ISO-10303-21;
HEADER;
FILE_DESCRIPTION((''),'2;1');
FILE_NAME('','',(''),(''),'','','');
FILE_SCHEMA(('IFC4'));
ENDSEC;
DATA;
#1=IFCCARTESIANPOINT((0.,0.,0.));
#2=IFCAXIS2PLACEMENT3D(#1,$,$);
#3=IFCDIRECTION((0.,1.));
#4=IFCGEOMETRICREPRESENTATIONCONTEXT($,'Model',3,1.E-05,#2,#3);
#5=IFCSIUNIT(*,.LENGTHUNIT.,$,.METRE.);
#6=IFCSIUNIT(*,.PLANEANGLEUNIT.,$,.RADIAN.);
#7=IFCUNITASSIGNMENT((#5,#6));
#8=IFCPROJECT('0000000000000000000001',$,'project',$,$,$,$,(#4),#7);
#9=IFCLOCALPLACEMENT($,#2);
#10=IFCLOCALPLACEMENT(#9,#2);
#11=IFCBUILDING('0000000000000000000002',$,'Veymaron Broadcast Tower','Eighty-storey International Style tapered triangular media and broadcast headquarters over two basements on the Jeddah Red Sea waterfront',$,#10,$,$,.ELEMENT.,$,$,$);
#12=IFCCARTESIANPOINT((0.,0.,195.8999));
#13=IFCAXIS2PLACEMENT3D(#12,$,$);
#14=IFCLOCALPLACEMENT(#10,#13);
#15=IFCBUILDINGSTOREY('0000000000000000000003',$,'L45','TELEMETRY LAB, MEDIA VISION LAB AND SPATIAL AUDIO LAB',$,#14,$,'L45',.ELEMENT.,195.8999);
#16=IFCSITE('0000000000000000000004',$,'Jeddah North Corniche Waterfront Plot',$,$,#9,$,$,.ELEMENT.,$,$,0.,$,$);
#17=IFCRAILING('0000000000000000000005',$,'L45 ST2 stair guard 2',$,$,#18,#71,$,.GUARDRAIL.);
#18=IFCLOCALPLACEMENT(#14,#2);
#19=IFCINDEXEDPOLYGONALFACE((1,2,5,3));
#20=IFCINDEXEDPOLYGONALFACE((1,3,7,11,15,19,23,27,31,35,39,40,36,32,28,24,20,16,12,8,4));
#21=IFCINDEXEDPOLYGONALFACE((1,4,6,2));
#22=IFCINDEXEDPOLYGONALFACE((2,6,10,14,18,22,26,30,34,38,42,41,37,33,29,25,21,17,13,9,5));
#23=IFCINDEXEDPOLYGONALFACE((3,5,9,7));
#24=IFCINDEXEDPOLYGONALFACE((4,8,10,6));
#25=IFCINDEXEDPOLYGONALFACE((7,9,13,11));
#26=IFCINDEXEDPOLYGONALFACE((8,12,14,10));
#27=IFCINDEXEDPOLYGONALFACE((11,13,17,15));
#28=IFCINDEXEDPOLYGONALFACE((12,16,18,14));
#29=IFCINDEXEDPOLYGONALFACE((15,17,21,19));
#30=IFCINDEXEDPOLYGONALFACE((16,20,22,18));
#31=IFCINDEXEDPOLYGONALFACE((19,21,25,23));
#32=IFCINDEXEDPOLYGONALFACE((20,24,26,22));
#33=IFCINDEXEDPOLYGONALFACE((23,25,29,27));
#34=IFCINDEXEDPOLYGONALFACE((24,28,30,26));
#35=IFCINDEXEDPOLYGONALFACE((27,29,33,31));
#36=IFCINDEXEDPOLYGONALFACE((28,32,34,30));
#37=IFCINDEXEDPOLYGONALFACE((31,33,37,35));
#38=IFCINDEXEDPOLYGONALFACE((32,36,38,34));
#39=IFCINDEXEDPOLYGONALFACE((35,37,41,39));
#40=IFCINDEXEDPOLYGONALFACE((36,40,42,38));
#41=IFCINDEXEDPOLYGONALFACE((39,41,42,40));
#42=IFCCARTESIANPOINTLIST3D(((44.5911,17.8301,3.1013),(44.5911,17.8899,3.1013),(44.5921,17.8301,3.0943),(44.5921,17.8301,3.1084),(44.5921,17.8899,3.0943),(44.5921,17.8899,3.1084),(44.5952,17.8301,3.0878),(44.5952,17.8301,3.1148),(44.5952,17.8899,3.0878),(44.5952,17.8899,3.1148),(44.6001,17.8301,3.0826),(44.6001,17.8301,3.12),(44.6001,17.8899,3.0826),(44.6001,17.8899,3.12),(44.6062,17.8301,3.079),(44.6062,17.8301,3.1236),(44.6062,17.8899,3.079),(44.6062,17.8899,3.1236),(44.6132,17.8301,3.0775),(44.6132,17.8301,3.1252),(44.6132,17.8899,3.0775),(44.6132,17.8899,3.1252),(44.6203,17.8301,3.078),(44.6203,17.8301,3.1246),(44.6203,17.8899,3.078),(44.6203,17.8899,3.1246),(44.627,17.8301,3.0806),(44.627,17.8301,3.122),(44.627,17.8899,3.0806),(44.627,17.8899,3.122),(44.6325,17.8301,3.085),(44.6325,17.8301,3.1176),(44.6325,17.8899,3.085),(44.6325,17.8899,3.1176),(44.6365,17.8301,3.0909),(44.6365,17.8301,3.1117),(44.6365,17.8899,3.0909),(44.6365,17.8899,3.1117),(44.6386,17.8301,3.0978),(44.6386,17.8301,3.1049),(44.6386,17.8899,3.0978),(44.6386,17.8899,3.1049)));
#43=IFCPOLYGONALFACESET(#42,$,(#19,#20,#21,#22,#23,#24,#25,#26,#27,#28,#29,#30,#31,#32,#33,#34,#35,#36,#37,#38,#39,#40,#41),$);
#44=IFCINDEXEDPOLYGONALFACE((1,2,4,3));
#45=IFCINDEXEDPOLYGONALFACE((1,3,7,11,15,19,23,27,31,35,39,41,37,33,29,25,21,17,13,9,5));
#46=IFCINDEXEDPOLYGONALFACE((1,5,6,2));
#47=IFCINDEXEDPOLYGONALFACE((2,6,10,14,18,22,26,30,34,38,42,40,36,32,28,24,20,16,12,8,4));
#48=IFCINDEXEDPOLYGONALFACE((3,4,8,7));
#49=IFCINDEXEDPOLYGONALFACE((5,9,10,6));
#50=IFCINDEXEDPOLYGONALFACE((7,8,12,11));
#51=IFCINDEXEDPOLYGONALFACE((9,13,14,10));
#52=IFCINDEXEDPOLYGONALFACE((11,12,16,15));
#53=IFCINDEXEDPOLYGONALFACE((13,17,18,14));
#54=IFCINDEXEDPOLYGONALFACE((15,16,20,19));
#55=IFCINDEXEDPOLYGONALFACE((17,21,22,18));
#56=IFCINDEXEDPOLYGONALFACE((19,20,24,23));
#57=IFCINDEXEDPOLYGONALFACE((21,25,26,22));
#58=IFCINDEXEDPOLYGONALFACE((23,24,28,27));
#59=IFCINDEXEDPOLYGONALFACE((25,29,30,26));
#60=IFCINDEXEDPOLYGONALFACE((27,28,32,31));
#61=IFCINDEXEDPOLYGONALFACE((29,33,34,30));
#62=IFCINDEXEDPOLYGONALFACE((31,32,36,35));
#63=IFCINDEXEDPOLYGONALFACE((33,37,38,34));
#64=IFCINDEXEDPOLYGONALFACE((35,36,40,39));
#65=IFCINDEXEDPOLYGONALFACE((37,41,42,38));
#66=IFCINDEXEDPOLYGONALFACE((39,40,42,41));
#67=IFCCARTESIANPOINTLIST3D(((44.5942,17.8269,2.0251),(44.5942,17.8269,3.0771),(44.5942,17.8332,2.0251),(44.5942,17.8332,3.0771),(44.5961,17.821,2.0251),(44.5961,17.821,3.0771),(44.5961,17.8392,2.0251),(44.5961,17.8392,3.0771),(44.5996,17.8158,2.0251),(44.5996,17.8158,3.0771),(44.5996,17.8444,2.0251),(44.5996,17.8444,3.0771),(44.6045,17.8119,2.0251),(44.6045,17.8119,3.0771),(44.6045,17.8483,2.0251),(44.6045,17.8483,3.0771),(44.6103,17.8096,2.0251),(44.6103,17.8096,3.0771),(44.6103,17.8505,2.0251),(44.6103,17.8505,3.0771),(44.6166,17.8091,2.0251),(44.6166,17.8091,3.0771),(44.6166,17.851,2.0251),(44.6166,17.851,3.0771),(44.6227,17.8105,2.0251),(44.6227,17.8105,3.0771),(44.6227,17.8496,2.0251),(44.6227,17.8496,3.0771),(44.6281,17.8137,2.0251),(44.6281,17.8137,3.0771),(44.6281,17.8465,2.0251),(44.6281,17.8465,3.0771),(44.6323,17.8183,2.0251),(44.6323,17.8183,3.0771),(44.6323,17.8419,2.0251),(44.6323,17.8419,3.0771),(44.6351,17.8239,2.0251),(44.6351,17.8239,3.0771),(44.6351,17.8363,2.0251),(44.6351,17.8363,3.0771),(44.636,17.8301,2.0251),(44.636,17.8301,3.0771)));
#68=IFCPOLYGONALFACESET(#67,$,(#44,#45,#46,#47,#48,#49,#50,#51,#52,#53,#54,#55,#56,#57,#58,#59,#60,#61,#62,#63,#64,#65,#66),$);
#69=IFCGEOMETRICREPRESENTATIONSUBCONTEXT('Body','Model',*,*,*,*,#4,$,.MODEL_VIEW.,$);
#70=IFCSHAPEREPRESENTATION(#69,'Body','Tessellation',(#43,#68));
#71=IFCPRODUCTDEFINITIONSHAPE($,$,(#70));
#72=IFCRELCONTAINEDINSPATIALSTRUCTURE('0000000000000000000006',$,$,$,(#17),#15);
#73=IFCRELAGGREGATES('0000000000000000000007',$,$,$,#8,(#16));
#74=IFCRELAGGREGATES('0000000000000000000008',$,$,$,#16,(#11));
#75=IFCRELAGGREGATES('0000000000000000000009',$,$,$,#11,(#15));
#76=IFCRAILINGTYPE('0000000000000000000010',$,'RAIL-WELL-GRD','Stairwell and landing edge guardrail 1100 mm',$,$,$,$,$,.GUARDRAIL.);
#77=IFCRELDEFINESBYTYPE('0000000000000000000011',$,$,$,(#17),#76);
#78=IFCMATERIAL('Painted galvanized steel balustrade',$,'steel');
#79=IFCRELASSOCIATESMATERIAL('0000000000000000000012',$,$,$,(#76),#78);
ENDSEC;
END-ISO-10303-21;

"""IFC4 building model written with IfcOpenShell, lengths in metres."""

from ifc_helpers import new_model, si_unit, direction, frame, origin, origin_2d, place, context, subcontext, project, spatial, circle, extrude, material, type_object, element, save


model = new_model("IFC4")

# Units and contexts
model_context = context("Model", 3, precision=1e-05, world=origin(), true_north=direction((0.0, 1.0)))
body_context = subcontext(model_context, "Body", "Model", "MODEL_VIEW")
ifc_project = project(units=[si_unit("LENGTHUNIT", "METRE"), si_unit("PLANEANGLEUNIT", "RADIAN")], contexts=[model_context])

# Site, building, storey
site_placement = place(None, origin())
site = spatial("IfcSite", under=ifc_project, at=site_placement, Name="Jeddah North Corniche Waterfront Plot", CompositionType="ELEMENT", RefElevation=0.0)
building_placement = place(site_placement, origin())
building = spatial("IfcBuilding", under=site, at=building_placement, Name="Veymaron Broadcast Tower", Description="Eighty-storey International Style tapered triangular media and broadcast headquarters over two basements on the Jeddah Red Sea waterfront", CompositionType="ELEMENT")
storey_placement = place(building_placement, frame((0.0, 0.0, 195.8999)))
storey = spatial("IfcBuildingStorey", under=building, at=storey_placement, Name="L45", Description="TELEMETRY LAB, MEDIA VISION LAB AND SPATIAL AUDIO LAB", LongName="L45", CompositionType="ELEMENT", Elevation=195.8999)

# Railing
ifc_material_1 = material(Name="Painted galvanized steel balustrade", Category="steel")
railing_type_1 = type_object("IfcRailingType", Name="RAIL-WELL-GRD", Description="Stairwell and landing edge guardrail 1100 mm", PredefinedType="GUARDRAIL", material=ifc_material_1)
railing_1_placement = place(storey_placement, frame((44.615, 17.8301, 2.0251)))
element("IfcRailing", 1, at=railing_1_placement, inside=storey, type_object=railing_type_1, Name="L45 ST2 stair guard 2", PredefinedType="GUARDRAIL", context=body_context, shape_type="SweptSolid", body=[
    extrude(circle(Radius=0.0239, at=origin_2d()), frame((0.0, 0.0, 1.0762), z_axis=(0.0, 1.0, 0.0), x_axis=(-1.0, 0.0, 0.0)), (0.0, 0.0, 1.0), 0.0598),
    extrude(circle(Radius=0.021, at=origin_2d()), origin(), (0.0, 0.0, 1.0), 1.052),
])

save(model, "model.ifc")
